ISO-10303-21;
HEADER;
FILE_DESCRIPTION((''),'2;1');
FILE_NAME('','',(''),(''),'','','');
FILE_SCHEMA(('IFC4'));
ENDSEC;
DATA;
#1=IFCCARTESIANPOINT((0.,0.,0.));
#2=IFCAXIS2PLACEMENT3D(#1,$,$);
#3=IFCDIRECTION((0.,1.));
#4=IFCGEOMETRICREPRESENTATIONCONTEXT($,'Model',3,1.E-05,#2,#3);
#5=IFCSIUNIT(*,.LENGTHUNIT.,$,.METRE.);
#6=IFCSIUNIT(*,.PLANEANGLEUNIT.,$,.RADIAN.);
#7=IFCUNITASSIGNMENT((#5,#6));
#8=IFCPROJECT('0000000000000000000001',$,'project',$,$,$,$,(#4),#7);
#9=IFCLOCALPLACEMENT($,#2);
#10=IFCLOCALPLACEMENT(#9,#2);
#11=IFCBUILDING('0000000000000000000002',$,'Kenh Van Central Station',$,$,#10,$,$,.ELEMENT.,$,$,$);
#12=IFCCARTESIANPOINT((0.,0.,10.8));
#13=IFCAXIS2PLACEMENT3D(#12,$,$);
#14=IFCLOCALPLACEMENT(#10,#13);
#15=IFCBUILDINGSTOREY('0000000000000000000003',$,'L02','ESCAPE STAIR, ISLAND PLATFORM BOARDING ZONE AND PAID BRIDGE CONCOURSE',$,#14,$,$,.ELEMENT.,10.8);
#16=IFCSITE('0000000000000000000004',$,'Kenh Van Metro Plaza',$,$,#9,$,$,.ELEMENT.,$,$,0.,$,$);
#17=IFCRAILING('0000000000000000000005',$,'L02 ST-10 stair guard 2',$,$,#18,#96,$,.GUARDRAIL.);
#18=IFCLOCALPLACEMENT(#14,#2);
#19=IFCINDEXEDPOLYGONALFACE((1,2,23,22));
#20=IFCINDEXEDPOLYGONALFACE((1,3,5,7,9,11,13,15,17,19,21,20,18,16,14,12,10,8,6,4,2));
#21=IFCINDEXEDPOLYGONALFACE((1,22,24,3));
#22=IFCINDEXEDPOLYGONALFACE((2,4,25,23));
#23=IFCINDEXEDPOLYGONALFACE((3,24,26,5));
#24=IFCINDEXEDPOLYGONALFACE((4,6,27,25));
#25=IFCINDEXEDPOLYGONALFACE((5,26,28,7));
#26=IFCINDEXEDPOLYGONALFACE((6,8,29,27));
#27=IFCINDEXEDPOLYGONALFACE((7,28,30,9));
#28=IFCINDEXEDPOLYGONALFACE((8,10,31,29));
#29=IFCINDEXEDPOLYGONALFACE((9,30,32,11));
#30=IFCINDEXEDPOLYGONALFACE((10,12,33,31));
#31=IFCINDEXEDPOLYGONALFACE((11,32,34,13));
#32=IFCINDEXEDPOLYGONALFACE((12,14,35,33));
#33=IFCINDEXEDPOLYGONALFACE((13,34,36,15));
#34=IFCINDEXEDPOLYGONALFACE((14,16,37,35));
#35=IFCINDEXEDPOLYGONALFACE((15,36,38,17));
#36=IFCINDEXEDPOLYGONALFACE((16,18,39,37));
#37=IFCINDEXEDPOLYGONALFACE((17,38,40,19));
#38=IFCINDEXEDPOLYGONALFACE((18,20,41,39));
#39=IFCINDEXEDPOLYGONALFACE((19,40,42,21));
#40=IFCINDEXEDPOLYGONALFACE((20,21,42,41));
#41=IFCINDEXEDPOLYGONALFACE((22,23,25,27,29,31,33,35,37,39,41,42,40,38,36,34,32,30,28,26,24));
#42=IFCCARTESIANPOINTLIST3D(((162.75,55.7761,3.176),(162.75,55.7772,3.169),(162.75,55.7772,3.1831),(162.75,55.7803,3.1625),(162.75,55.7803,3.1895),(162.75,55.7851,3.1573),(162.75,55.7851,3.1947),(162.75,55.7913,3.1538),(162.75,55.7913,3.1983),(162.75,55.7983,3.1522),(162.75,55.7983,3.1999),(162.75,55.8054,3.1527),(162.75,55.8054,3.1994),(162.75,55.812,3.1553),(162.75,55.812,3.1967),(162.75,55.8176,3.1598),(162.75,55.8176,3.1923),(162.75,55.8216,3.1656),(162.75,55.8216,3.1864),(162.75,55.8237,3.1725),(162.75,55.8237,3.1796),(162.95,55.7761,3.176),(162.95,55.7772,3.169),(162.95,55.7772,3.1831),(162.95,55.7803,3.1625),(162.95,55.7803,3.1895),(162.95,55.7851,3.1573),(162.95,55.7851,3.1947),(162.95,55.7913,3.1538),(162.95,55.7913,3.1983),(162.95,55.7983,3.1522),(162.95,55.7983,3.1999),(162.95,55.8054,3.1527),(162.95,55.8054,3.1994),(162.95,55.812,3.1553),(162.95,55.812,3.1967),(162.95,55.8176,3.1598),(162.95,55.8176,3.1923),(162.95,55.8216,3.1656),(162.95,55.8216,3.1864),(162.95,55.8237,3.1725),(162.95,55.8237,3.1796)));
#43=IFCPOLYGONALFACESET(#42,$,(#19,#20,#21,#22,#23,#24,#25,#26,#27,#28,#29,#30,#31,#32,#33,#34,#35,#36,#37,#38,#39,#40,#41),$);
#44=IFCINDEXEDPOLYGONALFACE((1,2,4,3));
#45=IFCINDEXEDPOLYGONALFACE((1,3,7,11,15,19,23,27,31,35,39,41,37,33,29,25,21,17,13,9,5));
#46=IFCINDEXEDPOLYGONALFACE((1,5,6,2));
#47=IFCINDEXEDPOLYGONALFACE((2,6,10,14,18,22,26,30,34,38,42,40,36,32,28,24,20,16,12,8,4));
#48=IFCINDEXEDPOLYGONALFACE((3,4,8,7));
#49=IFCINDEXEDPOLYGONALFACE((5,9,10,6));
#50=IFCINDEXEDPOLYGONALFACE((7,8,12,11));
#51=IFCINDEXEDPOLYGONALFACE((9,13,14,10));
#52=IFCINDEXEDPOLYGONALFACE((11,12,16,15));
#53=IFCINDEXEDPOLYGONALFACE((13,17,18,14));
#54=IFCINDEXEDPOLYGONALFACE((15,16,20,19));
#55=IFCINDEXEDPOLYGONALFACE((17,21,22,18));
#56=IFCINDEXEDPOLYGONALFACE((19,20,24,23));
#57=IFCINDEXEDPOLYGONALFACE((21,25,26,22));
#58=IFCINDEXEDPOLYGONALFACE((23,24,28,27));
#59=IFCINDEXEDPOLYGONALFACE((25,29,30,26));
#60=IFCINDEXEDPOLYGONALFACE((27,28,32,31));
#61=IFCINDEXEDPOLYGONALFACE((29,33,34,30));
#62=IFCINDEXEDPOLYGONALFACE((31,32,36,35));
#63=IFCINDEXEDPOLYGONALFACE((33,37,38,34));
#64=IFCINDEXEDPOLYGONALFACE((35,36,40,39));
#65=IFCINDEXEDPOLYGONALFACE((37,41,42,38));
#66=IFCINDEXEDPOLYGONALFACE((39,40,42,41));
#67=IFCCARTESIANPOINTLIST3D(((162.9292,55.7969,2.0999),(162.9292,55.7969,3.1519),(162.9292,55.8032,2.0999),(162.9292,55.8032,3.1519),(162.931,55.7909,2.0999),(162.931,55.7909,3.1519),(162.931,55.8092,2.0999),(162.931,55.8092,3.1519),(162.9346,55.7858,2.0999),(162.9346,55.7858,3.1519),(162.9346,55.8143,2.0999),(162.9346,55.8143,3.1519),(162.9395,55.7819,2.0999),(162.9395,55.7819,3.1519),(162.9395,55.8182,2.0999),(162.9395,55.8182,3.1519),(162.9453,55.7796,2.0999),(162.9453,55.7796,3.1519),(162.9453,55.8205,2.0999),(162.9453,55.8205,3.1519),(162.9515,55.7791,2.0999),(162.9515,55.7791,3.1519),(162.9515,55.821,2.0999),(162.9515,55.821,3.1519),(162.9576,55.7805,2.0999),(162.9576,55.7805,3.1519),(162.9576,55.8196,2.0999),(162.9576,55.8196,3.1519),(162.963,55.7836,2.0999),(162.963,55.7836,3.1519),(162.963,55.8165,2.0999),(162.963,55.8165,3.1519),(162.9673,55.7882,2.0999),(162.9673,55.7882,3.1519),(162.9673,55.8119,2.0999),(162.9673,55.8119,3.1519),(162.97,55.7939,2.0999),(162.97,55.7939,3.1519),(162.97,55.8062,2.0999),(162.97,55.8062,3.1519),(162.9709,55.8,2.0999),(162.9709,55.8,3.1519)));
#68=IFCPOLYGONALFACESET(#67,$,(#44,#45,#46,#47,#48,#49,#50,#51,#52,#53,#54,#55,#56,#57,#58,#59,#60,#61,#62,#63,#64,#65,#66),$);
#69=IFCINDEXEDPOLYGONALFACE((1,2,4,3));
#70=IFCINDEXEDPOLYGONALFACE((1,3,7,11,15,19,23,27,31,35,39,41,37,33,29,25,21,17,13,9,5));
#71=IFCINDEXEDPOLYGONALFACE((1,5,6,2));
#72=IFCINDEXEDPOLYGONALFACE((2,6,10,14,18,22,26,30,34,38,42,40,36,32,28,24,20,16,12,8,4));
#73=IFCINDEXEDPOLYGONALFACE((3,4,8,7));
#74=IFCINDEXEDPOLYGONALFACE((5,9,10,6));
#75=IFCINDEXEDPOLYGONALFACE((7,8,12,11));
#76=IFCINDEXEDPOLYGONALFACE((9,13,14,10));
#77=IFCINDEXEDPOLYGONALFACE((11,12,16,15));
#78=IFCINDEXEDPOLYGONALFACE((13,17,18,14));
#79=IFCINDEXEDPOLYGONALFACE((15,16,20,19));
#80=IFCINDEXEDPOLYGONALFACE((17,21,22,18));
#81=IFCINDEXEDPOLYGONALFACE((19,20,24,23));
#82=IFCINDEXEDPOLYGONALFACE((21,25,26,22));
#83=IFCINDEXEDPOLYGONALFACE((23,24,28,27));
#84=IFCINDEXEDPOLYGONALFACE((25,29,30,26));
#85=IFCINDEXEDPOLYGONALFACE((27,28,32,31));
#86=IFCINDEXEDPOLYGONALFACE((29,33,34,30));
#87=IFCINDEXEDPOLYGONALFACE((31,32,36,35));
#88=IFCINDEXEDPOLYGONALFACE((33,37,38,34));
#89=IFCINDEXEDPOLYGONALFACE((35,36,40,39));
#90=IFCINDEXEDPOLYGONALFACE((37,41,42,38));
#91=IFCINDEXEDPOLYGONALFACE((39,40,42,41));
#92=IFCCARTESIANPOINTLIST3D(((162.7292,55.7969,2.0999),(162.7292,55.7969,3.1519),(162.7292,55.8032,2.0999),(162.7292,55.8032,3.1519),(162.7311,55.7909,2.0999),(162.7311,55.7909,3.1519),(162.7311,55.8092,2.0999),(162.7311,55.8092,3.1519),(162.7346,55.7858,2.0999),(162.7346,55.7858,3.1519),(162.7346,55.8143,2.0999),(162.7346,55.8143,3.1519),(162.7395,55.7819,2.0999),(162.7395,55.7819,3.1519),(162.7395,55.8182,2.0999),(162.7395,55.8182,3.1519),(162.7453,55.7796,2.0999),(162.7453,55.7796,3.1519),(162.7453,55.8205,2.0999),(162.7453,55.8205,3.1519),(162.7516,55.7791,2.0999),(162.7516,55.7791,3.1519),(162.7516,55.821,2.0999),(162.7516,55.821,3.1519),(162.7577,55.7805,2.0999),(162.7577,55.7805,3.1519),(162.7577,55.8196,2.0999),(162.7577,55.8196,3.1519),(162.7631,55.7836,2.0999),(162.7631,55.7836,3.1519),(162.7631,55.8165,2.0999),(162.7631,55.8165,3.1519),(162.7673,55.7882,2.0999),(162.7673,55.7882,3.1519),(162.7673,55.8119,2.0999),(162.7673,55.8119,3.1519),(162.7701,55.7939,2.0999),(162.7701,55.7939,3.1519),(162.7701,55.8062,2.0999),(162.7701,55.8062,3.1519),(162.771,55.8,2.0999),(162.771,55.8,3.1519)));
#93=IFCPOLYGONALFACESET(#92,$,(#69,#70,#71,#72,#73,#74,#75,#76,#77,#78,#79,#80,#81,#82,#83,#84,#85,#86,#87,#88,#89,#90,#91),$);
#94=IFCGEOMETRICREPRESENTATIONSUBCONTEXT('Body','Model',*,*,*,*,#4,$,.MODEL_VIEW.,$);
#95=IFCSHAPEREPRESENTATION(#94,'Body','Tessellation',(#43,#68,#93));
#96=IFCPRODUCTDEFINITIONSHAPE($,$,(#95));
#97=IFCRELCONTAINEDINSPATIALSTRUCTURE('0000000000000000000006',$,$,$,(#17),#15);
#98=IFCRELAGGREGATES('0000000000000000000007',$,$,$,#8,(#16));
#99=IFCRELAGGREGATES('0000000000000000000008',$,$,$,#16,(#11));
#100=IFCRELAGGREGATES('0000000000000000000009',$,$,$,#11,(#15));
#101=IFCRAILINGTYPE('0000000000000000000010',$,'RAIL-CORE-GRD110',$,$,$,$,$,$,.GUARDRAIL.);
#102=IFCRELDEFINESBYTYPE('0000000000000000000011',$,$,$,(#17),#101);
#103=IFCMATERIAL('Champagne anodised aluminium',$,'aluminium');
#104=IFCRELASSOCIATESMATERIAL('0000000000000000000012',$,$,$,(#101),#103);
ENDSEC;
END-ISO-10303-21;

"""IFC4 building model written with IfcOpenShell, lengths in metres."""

from ifc_helpers import new_model, si_unit, direction, frame, origin, origin_2d, place, context, subcontext, project, spatial, circle, extrude, material, type_object, element, save


model = new_model("IFC4")

# Units and contexts
model_context = context("Model", 3, precision=1e-05, world=origin(), true_north=direction((0.0, 1.0)))
body_context = subcontext(model_context, "Body", "Model", "MODEL_VIEW")
ifc_project = project(units=[si_unit("LENGTHUNIT", "METRE"), si_unit("PLANEANGLEUNIT", "RADIAN")], contexts=[model_context])

# Site, building, storey
site_placement = place(None, origin())
site = spatial("IfcSite", under=ifc_project, at=site_placement, Name="Kenh Van Metro Plaza", CompositionType="ELEMENT", RefElevation=0.0)
building_placement = place(site_placement, origin())
building = spatial("IfcBuilding", under=site, at=building_placement, Name="Kenh Van Central Station", CompositionType="ELEMENT")
storey_placement = place(building_placement, frame((0.0, 0.0, 10.8)))
storey = spatial("IfcBuildingStorey", under=building, at=storey_placement, Name="L02", Description="ESCAPE STAIR, ISLAND PLATFORM BOARDING ZONE AND PAID BRIDGE CONCOURSE", CompositionType="ELEMENT", Elevation=10.8)

# Shared definitions
ifc_material_1 = material(Name="Champagne anodised aluminium", Category="aluminium")

# Railing
railing_type_1 = type_object("IfcRailingType", Name="RAIL-CORE-GRD110", PredefinedType="GUARDRAIL", material=ifc_material_1)
railing_1_placement = place(storey_placement, frame((162.95, 55.8, 2.0999)))
element("IfcRailing", 1, at=railing_1_placement, inside=storey, type_object=railing_type_1, Name="L02 ST-10 stair guard 2", PredefinedType="GUARDRAIL", context=body_context, shape_type="SweptSolid", body=[
    extrude(circle(Radius=0.0239, at=origin_2d()), frame((0.0, 0.0, 1.0762), z_axis=(-1.0, 0.0, 0.0), x_axis=(0.0, -1.0, 0.0)), (0.0, 0.0, 1.0), 0.2),
    extrude(circle(Radius=0.021, at=origin_2d()), origin(), (0.0, 0.0, 1.0), 1.052),
    extrude(circle(Radius=0.021, at=origin_2d()), frame((-0.2, 0.0, 0.0)), (0.0, 0.0, 1.0), 1.052),
])

save(model, "model.ifc")
